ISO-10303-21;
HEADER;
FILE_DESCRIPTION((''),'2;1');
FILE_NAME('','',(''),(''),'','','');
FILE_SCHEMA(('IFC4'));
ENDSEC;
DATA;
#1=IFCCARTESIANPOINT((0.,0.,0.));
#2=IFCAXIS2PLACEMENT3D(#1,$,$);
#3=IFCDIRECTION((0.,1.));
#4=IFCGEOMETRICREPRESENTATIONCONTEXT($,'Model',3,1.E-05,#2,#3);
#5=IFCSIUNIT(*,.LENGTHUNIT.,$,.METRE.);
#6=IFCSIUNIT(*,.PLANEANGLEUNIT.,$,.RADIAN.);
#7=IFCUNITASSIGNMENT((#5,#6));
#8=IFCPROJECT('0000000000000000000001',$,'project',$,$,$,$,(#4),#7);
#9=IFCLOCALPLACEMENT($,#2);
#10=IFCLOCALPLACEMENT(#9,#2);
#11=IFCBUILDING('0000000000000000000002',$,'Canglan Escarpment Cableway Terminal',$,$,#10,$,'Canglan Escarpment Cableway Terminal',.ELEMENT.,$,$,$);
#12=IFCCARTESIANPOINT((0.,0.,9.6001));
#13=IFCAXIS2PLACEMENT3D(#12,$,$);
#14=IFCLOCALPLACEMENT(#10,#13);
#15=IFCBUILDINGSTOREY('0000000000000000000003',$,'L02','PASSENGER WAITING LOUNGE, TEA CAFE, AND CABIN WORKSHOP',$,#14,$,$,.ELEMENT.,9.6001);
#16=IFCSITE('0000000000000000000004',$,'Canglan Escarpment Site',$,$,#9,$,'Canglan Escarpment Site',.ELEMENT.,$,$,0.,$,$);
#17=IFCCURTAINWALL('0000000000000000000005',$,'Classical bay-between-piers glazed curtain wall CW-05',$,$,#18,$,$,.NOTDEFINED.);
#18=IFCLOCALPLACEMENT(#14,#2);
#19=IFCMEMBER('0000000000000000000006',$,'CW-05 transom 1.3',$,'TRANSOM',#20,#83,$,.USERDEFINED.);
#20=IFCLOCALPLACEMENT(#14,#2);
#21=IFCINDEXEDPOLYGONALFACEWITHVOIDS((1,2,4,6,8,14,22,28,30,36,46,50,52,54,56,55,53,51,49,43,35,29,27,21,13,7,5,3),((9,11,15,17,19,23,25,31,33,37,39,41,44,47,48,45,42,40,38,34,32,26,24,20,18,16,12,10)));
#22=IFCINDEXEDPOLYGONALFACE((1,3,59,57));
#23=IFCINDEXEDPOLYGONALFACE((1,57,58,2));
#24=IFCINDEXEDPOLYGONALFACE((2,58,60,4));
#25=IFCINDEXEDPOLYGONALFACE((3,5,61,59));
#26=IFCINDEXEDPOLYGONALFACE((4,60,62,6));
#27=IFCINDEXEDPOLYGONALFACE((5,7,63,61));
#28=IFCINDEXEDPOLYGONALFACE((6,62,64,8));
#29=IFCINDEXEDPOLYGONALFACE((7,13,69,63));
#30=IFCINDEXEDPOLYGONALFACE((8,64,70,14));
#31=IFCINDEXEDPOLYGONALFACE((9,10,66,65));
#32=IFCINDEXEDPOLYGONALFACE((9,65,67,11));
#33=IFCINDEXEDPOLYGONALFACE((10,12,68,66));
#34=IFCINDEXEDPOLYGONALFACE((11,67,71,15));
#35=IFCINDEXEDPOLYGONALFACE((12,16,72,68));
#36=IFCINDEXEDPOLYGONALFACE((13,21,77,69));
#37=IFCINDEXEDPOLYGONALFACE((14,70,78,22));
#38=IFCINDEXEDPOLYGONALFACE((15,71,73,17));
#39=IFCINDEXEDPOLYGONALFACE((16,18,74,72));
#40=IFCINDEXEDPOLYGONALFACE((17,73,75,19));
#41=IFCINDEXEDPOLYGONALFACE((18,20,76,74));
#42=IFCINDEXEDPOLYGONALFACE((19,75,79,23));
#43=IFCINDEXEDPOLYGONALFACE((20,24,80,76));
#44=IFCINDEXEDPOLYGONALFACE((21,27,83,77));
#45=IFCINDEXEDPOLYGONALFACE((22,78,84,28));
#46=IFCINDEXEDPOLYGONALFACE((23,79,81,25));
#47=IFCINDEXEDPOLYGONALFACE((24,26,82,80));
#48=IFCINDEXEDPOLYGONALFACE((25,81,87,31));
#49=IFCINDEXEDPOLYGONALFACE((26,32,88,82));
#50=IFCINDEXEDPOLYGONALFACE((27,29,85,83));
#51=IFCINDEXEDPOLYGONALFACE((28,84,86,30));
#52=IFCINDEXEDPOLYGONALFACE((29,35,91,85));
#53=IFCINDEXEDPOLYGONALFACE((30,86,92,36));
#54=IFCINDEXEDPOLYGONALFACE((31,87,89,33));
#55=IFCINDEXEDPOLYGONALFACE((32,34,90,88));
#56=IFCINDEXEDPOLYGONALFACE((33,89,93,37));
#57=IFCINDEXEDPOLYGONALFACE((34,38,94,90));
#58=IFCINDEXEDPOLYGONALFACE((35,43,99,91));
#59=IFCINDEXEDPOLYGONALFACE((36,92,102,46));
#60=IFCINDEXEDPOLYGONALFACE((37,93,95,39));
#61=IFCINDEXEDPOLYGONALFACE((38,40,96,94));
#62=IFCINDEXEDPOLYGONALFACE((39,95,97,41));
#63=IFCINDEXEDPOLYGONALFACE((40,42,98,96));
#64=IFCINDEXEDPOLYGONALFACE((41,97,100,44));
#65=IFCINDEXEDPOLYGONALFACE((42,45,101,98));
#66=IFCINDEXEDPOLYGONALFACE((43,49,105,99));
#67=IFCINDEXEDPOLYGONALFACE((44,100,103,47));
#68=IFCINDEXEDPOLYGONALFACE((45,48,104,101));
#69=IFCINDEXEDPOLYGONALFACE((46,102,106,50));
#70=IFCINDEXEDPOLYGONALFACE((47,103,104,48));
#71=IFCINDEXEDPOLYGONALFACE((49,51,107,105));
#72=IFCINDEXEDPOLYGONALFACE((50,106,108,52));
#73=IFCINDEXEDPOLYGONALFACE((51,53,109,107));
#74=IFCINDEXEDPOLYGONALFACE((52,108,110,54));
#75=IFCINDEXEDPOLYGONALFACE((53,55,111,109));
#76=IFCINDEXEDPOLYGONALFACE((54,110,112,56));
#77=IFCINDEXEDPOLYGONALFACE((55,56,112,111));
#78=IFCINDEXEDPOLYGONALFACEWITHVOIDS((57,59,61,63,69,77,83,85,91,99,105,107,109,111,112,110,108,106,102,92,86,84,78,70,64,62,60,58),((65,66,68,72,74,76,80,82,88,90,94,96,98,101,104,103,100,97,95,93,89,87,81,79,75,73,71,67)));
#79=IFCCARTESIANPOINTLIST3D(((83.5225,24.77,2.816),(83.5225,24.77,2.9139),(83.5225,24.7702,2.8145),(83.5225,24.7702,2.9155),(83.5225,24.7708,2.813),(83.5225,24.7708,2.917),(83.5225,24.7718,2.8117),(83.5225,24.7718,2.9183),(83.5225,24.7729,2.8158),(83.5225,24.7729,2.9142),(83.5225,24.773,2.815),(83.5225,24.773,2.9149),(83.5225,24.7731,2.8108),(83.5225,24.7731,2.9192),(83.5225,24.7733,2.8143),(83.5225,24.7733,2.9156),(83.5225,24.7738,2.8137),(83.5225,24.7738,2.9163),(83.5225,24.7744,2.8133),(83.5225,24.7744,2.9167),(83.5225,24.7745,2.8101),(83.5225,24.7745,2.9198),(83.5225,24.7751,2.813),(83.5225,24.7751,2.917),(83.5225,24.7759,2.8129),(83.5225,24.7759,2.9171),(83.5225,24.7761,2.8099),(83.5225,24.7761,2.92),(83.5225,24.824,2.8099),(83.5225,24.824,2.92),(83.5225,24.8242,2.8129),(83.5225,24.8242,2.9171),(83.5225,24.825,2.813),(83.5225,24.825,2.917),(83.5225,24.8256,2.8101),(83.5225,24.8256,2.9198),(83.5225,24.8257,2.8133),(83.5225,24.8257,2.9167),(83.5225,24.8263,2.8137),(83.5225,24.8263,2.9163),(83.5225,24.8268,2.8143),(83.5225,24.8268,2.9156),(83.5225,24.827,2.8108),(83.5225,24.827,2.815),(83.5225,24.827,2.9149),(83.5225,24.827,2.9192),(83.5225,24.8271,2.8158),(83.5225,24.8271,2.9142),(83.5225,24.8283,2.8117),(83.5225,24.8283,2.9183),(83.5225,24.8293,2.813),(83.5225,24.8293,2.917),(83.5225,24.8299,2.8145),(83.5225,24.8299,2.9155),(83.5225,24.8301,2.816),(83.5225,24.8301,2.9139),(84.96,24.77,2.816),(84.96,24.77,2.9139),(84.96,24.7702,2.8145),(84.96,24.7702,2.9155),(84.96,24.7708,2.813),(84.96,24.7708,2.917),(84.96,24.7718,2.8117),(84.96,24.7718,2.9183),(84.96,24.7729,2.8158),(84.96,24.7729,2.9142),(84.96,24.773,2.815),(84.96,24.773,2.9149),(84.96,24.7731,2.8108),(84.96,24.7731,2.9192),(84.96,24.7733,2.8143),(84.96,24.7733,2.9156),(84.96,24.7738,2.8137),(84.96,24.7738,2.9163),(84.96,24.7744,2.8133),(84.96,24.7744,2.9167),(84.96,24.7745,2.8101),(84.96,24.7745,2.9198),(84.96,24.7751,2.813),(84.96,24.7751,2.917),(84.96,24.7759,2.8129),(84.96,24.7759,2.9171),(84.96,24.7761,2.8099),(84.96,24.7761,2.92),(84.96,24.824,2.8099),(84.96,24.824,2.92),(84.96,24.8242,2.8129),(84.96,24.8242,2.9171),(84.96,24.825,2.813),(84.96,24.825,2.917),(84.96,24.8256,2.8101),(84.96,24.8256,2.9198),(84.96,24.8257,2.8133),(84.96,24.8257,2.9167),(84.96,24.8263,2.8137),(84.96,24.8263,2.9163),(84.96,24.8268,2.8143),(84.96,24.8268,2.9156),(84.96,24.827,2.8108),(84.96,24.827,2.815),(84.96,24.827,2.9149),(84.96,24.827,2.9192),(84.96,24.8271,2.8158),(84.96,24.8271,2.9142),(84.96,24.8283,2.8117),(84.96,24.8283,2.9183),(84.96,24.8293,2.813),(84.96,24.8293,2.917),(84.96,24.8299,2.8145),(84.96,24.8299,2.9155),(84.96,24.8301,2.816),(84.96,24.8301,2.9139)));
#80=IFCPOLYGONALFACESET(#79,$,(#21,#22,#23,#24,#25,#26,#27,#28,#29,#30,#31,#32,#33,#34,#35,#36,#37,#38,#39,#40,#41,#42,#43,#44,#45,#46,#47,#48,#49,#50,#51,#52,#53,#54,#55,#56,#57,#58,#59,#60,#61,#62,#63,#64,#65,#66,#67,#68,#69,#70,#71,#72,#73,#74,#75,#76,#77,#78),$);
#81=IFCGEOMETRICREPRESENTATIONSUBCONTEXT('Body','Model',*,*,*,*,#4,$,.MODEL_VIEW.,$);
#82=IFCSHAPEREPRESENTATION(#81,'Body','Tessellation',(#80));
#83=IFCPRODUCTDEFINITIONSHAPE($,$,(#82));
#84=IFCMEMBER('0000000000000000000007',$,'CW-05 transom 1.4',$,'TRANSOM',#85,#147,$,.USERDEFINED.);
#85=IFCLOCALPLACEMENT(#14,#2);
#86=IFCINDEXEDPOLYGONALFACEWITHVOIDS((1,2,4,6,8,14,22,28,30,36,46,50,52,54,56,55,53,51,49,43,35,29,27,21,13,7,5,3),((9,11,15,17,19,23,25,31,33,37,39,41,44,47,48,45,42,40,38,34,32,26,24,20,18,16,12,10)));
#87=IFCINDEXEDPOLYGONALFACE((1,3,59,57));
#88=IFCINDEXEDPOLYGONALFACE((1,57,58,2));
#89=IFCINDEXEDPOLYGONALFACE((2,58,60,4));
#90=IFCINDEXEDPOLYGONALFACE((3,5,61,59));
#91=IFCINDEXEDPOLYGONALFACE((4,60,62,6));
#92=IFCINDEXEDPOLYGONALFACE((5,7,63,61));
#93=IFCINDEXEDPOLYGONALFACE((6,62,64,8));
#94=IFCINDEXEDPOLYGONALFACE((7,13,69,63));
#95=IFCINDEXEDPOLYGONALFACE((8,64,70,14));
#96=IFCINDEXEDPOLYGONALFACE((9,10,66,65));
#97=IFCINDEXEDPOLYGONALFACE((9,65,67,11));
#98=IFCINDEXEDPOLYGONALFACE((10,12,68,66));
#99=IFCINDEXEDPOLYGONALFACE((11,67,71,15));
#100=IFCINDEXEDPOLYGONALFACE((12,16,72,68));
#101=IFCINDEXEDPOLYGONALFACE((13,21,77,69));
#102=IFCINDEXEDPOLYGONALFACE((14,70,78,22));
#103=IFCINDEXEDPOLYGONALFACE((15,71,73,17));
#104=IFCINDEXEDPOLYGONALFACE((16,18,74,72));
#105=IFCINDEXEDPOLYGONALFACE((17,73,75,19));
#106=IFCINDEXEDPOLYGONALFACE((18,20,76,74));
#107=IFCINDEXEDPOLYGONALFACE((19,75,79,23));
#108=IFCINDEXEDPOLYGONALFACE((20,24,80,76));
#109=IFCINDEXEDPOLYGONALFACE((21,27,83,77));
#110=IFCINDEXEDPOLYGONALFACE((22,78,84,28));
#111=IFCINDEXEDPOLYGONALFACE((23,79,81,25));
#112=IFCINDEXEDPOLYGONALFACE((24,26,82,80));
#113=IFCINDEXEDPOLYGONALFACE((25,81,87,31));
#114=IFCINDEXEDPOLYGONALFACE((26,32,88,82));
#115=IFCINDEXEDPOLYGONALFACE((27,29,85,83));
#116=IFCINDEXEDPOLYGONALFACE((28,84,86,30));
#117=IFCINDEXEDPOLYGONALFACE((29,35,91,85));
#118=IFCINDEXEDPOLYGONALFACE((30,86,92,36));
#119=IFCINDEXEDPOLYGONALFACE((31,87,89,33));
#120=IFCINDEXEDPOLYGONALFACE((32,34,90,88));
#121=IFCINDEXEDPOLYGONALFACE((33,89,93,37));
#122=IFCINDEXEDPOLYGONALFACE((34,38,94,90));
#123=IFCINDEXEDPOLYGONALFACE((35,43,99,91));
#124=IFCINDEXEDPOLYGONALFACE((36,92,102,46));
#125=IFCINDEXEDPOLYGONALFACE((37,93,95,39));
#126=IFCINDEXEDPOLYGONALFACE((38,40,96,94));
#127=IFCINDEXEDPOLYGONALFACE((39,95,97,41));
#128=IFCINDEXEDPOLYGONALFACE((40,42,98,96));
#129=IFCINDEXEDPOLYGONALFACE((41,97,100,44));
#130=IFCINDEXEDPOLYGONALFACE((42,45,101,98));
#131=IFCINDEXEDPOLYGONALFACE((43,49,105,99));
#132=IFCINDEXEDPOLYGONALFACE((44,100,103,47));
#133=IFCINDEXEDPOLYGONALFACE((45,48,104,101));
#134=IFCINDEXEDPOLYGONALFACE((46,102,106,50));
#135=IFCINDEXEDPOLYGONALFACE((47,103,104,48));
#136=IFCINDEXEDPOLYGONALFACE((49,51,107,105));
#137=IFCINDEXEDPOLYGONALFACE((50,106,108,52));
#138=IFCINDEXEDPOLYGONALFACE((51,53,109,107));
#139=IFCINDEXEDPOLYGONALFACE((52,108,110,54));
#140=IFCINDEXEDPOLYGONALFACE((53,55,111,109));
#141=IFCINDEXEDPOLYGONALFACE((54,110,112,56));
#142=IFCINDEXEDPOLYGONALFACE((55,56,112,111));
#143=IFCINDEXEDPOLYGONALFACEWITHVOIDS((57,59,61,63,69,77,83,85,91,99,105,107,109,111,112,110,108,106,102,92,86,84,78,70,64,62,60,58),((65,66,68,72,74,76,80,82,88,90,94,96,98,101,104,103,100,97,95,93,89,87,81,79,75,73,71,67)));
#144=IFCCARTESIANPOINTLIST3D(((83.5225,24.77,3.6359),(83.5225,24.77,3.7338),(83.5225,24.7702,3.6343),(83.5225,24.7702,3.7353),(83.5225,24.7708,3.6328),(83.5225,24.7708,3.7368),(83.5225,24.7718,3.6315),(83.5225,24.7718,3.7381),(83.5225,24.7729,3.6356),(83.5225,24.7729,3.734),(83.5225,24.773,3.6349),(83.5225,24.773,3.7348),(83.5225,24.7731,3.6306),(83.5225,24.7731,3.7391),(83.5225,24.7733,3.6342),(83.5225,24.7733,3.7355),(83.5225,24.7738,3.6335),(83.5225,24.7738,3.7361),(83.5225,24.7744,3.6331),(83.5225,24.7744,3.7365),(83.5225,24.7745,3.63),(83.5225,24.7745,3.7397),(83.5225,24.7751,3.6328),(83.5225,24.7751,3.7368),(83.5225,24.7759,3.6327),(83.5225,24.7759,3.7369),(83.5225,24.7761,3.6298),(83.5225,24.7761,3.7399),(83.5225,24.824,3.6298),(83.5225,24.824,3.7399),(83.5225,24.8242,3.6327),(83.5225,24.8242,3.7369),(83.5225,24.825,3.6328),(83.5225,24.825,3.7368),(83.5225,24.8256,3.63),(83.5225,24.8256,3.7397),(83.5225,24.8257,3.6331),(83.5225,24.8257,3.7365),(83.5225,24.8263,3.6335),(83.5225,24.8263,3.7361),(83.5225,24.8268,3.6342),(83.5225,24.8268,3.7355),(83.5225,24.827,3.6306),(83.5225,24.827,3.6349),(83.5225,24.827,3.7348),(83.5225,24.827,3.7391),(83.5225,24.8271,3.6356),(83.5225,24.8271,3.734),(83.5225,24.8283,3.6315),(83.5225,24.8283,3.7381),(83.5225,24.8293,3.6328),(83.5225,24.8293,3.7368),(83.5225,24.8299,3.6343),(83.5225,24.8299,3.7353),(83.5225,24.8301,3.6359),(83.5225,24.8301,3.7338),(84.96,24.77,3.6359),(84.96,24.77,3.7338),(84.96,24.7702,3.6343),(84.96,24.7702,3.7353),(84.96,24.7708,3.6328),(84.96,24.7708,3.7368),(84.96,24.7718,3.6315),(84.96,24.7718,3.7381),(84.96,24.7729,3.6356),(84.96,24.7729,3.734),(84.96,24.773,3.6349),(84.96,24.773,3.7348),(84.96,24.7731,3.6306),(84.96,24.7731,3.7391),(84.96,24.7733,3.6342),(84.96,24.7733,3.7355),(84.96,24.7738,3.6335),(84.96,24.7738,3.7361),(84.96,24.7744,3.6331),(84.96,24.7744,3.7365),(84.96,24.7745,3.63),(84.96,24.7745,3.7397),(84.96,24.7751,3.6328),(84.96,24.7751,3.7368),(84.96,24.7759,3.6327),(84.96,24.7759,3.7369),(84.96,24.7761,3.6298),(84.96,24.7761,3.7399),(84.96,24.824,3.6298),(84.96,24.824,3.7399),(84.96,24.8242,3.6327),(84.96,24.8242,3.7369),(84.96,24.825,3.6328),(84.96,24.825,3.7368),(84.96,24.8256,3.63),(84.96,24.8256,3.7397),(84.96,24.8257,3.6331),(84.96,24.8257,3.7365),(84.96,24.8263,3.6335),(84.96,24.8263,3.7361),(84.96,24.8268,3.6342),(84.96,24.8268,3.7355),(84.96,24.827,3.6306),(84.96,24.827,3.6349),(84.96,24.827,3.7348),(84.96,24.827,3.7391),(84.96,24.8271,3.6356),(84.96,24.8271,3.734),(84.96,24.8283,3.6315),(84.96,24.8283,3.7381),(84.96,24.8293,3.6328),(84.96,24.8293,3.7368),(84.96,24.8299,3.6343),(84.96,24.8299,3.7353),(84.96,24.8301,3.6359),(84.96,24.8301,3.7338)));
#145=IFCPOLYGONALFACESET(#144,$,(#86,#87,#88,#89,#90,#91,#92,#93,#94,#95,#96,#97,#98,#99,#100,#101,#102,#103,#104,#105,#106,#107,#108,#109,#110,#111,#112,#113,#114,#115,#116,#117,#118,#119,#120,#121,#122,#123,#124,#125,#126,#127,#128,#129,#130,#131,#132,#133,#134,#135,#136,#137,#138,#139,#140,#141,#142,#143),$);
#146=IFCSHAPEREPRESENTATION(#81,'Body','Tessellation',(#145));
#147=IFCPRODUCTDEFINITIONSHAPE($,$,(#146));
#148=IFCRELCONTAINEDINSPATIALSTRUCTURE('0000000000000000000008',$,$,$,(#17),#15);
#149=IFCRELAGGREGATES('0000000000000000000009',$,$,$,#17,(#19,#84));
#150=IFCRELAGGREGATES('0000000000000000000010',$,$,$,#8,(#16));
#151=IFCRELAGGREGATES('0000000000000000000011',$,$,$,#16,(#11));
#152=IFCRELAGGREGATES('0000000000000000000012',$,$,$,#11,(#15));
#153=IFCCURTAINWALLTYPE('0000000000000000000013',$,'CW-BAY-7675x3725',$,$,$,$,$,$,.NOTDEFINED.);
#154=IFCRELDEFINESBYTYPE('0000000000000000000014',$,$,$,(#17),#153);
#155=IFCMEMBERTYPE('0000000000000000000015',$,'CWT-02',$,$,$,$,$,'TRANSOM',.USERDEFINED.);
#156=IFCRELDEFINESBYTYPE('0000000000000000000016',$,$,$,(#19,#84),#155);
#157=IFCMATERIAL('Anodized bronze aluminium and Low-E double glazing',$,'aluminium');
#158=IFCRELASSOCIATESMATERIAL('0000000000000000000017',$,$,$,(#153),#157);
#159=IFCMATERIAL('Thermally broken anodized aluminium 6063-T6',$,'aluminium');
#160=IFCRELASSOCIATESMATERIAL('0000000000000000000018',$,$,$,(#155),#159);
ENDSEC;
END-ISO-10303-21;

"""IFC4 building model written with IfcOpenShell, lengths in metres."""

from ifc_helpers import new_model, si_unit, direction, frame, origin, origin_2d, place, context, subcontext, project, spatial, hollow_rectangle, extrude, material, material_profile, profile_set, type_object, element, aggregate, save


model = new_model("IFC4")

# Units and contexts
model_context = context("Model", 3, precision=1e-05, world=origin(), true_north=direction((0.0, 1.0)))
body_context = subcontext(model_context, "Body", "Model", "MODEL_VIEW")
ifc_project = project(units=[si_unit("LENGTHUNIT", "METRE"), si_unit("PLANEANGLEUNIT", "RADIAN")], contexts=[model_context])

# Site, building, storey
site_placement = place(None, origin())
site = spatial("IfcSite", under=ifc_project, at=site_placement, Name="Canglan Escarpment Site", LongName="Canglan Escarpment Site", CompositionType="ELEMENT", RefElevation=0.0)
building_placement = place(site_placement, origin())
building = spatial("IfcBuilding", under=site, at=building_placement, Name="Canglan Escarpment Cableway Terminal", LongName="Canglan Escarpment Cableway Terminal", CompositionType="ELEMENT")
storey_placement = place(building_placement, frame((0.0, 0.0, 9.6001)))
storey = spatial("IfcBuildingStorey", under=building, at=storey_placement, Name="L02", Description="PASSENGER WAITING LOUNGE, TEA CAFE, AND CABIN WORKSHOP", CompositionType="ELEMENT", Elevation=9.6001)

# Curtain wall
ifc_material_1 = material(Name="Anodized bronze aluminium and Low-E double glazing", Category="aluminium")
curtain_wall_type = type_object("IfcCurtainWallType", Name="CW-BAY-7675x3725", PredefinedType="NOTDEFINED", material=ifc_material_1)
curtain_wall_1_placement = place(storey_placement, origin())
curtain_wall_1 = element("IfcCurtainWall", 1, at=curtain_wall_1_placement, inside=storey, type_object=curtain_wall_type, Name="Classical bay-between-piers glazed curtain wall CW-05", PredefinedType="NOTDEFINED")
ifc_material_2 = material(Name="Thermally broken anodized aluminium 6063-T6", Category="aluminium")

# Members
ifc_material_profile_1 = material_profile(ifc_material_2, hollow_rectangle(XDim=0.0601, YDim=0.1101, WallThickness=0.0029, InnerFilletRadius=0.0029, OuterFilletRadius=0.0061, at=origin_2d()), Name="ALU-TRAN 60x110x3")
ifc_profile_set_1 = profile_set([ifc_material_profile_1], Name="Thermally broken anodized aluminium 6063-T6")
member_type_1 = type_object("IfcMemberType", Name="CWT-02", ElementType="TRANSOM", PredefinedType="USERDEFINED", material=ifc_profile_set_1)
member_1_placement = place(storey_placement, frame((84.96, 24.8, 2.865), z_axis=(-1.0, 0.0, 0.0), x_axis=(0.0, -1.0, 0.0)))
member_1 = element("IfcMember", 2, at=member_1_placement, type_object=member_type_1, Name="CW-05 transom 1.3", ObjectType="TRANSOM", PredefinedType="USERDEFINED", context=body_context, shape_type="SweptSolid", body=[
    extrude(hollow_rectangle(XDim=0.0601, YDim=0.1101, WallThickness=0.0029, InnerFilletRadius=0.0029, OuterFilletRadius=0.0061, at=origin_2d()), origin(), (0.0, 0.0, 1.0), 1.4375),
])
member_2_placement = place(storey_placement, frame((84.96, 24.8, 3.6848), z_axis=(-1.0, 0.0, 0.0), x_axis=(0.0, -1.0, 0.0)))
member_2 = element("IfcMember", 3, at=member_2_placement, type_object=member_type_1, Name="CW-05 transom 1.4", ObjectType="TRANSOM", PredefinedType="USERDEFINED", context=body_context, shape_type="SweptSolid", body=[
    extrude(hollow_rectangle(XDim=0.0601, YDim=0.1101, WallThickness=0.0029, InnerFilletRadius=0.0029, OuterFilletRadius=0.0061, at=origin_2d()), origin(), (0.0, 0.0, 1.0), 1.4375),
])

aggregate(curtain_wall_1, [member_1, member_2])

save(model, "model.ifc")
